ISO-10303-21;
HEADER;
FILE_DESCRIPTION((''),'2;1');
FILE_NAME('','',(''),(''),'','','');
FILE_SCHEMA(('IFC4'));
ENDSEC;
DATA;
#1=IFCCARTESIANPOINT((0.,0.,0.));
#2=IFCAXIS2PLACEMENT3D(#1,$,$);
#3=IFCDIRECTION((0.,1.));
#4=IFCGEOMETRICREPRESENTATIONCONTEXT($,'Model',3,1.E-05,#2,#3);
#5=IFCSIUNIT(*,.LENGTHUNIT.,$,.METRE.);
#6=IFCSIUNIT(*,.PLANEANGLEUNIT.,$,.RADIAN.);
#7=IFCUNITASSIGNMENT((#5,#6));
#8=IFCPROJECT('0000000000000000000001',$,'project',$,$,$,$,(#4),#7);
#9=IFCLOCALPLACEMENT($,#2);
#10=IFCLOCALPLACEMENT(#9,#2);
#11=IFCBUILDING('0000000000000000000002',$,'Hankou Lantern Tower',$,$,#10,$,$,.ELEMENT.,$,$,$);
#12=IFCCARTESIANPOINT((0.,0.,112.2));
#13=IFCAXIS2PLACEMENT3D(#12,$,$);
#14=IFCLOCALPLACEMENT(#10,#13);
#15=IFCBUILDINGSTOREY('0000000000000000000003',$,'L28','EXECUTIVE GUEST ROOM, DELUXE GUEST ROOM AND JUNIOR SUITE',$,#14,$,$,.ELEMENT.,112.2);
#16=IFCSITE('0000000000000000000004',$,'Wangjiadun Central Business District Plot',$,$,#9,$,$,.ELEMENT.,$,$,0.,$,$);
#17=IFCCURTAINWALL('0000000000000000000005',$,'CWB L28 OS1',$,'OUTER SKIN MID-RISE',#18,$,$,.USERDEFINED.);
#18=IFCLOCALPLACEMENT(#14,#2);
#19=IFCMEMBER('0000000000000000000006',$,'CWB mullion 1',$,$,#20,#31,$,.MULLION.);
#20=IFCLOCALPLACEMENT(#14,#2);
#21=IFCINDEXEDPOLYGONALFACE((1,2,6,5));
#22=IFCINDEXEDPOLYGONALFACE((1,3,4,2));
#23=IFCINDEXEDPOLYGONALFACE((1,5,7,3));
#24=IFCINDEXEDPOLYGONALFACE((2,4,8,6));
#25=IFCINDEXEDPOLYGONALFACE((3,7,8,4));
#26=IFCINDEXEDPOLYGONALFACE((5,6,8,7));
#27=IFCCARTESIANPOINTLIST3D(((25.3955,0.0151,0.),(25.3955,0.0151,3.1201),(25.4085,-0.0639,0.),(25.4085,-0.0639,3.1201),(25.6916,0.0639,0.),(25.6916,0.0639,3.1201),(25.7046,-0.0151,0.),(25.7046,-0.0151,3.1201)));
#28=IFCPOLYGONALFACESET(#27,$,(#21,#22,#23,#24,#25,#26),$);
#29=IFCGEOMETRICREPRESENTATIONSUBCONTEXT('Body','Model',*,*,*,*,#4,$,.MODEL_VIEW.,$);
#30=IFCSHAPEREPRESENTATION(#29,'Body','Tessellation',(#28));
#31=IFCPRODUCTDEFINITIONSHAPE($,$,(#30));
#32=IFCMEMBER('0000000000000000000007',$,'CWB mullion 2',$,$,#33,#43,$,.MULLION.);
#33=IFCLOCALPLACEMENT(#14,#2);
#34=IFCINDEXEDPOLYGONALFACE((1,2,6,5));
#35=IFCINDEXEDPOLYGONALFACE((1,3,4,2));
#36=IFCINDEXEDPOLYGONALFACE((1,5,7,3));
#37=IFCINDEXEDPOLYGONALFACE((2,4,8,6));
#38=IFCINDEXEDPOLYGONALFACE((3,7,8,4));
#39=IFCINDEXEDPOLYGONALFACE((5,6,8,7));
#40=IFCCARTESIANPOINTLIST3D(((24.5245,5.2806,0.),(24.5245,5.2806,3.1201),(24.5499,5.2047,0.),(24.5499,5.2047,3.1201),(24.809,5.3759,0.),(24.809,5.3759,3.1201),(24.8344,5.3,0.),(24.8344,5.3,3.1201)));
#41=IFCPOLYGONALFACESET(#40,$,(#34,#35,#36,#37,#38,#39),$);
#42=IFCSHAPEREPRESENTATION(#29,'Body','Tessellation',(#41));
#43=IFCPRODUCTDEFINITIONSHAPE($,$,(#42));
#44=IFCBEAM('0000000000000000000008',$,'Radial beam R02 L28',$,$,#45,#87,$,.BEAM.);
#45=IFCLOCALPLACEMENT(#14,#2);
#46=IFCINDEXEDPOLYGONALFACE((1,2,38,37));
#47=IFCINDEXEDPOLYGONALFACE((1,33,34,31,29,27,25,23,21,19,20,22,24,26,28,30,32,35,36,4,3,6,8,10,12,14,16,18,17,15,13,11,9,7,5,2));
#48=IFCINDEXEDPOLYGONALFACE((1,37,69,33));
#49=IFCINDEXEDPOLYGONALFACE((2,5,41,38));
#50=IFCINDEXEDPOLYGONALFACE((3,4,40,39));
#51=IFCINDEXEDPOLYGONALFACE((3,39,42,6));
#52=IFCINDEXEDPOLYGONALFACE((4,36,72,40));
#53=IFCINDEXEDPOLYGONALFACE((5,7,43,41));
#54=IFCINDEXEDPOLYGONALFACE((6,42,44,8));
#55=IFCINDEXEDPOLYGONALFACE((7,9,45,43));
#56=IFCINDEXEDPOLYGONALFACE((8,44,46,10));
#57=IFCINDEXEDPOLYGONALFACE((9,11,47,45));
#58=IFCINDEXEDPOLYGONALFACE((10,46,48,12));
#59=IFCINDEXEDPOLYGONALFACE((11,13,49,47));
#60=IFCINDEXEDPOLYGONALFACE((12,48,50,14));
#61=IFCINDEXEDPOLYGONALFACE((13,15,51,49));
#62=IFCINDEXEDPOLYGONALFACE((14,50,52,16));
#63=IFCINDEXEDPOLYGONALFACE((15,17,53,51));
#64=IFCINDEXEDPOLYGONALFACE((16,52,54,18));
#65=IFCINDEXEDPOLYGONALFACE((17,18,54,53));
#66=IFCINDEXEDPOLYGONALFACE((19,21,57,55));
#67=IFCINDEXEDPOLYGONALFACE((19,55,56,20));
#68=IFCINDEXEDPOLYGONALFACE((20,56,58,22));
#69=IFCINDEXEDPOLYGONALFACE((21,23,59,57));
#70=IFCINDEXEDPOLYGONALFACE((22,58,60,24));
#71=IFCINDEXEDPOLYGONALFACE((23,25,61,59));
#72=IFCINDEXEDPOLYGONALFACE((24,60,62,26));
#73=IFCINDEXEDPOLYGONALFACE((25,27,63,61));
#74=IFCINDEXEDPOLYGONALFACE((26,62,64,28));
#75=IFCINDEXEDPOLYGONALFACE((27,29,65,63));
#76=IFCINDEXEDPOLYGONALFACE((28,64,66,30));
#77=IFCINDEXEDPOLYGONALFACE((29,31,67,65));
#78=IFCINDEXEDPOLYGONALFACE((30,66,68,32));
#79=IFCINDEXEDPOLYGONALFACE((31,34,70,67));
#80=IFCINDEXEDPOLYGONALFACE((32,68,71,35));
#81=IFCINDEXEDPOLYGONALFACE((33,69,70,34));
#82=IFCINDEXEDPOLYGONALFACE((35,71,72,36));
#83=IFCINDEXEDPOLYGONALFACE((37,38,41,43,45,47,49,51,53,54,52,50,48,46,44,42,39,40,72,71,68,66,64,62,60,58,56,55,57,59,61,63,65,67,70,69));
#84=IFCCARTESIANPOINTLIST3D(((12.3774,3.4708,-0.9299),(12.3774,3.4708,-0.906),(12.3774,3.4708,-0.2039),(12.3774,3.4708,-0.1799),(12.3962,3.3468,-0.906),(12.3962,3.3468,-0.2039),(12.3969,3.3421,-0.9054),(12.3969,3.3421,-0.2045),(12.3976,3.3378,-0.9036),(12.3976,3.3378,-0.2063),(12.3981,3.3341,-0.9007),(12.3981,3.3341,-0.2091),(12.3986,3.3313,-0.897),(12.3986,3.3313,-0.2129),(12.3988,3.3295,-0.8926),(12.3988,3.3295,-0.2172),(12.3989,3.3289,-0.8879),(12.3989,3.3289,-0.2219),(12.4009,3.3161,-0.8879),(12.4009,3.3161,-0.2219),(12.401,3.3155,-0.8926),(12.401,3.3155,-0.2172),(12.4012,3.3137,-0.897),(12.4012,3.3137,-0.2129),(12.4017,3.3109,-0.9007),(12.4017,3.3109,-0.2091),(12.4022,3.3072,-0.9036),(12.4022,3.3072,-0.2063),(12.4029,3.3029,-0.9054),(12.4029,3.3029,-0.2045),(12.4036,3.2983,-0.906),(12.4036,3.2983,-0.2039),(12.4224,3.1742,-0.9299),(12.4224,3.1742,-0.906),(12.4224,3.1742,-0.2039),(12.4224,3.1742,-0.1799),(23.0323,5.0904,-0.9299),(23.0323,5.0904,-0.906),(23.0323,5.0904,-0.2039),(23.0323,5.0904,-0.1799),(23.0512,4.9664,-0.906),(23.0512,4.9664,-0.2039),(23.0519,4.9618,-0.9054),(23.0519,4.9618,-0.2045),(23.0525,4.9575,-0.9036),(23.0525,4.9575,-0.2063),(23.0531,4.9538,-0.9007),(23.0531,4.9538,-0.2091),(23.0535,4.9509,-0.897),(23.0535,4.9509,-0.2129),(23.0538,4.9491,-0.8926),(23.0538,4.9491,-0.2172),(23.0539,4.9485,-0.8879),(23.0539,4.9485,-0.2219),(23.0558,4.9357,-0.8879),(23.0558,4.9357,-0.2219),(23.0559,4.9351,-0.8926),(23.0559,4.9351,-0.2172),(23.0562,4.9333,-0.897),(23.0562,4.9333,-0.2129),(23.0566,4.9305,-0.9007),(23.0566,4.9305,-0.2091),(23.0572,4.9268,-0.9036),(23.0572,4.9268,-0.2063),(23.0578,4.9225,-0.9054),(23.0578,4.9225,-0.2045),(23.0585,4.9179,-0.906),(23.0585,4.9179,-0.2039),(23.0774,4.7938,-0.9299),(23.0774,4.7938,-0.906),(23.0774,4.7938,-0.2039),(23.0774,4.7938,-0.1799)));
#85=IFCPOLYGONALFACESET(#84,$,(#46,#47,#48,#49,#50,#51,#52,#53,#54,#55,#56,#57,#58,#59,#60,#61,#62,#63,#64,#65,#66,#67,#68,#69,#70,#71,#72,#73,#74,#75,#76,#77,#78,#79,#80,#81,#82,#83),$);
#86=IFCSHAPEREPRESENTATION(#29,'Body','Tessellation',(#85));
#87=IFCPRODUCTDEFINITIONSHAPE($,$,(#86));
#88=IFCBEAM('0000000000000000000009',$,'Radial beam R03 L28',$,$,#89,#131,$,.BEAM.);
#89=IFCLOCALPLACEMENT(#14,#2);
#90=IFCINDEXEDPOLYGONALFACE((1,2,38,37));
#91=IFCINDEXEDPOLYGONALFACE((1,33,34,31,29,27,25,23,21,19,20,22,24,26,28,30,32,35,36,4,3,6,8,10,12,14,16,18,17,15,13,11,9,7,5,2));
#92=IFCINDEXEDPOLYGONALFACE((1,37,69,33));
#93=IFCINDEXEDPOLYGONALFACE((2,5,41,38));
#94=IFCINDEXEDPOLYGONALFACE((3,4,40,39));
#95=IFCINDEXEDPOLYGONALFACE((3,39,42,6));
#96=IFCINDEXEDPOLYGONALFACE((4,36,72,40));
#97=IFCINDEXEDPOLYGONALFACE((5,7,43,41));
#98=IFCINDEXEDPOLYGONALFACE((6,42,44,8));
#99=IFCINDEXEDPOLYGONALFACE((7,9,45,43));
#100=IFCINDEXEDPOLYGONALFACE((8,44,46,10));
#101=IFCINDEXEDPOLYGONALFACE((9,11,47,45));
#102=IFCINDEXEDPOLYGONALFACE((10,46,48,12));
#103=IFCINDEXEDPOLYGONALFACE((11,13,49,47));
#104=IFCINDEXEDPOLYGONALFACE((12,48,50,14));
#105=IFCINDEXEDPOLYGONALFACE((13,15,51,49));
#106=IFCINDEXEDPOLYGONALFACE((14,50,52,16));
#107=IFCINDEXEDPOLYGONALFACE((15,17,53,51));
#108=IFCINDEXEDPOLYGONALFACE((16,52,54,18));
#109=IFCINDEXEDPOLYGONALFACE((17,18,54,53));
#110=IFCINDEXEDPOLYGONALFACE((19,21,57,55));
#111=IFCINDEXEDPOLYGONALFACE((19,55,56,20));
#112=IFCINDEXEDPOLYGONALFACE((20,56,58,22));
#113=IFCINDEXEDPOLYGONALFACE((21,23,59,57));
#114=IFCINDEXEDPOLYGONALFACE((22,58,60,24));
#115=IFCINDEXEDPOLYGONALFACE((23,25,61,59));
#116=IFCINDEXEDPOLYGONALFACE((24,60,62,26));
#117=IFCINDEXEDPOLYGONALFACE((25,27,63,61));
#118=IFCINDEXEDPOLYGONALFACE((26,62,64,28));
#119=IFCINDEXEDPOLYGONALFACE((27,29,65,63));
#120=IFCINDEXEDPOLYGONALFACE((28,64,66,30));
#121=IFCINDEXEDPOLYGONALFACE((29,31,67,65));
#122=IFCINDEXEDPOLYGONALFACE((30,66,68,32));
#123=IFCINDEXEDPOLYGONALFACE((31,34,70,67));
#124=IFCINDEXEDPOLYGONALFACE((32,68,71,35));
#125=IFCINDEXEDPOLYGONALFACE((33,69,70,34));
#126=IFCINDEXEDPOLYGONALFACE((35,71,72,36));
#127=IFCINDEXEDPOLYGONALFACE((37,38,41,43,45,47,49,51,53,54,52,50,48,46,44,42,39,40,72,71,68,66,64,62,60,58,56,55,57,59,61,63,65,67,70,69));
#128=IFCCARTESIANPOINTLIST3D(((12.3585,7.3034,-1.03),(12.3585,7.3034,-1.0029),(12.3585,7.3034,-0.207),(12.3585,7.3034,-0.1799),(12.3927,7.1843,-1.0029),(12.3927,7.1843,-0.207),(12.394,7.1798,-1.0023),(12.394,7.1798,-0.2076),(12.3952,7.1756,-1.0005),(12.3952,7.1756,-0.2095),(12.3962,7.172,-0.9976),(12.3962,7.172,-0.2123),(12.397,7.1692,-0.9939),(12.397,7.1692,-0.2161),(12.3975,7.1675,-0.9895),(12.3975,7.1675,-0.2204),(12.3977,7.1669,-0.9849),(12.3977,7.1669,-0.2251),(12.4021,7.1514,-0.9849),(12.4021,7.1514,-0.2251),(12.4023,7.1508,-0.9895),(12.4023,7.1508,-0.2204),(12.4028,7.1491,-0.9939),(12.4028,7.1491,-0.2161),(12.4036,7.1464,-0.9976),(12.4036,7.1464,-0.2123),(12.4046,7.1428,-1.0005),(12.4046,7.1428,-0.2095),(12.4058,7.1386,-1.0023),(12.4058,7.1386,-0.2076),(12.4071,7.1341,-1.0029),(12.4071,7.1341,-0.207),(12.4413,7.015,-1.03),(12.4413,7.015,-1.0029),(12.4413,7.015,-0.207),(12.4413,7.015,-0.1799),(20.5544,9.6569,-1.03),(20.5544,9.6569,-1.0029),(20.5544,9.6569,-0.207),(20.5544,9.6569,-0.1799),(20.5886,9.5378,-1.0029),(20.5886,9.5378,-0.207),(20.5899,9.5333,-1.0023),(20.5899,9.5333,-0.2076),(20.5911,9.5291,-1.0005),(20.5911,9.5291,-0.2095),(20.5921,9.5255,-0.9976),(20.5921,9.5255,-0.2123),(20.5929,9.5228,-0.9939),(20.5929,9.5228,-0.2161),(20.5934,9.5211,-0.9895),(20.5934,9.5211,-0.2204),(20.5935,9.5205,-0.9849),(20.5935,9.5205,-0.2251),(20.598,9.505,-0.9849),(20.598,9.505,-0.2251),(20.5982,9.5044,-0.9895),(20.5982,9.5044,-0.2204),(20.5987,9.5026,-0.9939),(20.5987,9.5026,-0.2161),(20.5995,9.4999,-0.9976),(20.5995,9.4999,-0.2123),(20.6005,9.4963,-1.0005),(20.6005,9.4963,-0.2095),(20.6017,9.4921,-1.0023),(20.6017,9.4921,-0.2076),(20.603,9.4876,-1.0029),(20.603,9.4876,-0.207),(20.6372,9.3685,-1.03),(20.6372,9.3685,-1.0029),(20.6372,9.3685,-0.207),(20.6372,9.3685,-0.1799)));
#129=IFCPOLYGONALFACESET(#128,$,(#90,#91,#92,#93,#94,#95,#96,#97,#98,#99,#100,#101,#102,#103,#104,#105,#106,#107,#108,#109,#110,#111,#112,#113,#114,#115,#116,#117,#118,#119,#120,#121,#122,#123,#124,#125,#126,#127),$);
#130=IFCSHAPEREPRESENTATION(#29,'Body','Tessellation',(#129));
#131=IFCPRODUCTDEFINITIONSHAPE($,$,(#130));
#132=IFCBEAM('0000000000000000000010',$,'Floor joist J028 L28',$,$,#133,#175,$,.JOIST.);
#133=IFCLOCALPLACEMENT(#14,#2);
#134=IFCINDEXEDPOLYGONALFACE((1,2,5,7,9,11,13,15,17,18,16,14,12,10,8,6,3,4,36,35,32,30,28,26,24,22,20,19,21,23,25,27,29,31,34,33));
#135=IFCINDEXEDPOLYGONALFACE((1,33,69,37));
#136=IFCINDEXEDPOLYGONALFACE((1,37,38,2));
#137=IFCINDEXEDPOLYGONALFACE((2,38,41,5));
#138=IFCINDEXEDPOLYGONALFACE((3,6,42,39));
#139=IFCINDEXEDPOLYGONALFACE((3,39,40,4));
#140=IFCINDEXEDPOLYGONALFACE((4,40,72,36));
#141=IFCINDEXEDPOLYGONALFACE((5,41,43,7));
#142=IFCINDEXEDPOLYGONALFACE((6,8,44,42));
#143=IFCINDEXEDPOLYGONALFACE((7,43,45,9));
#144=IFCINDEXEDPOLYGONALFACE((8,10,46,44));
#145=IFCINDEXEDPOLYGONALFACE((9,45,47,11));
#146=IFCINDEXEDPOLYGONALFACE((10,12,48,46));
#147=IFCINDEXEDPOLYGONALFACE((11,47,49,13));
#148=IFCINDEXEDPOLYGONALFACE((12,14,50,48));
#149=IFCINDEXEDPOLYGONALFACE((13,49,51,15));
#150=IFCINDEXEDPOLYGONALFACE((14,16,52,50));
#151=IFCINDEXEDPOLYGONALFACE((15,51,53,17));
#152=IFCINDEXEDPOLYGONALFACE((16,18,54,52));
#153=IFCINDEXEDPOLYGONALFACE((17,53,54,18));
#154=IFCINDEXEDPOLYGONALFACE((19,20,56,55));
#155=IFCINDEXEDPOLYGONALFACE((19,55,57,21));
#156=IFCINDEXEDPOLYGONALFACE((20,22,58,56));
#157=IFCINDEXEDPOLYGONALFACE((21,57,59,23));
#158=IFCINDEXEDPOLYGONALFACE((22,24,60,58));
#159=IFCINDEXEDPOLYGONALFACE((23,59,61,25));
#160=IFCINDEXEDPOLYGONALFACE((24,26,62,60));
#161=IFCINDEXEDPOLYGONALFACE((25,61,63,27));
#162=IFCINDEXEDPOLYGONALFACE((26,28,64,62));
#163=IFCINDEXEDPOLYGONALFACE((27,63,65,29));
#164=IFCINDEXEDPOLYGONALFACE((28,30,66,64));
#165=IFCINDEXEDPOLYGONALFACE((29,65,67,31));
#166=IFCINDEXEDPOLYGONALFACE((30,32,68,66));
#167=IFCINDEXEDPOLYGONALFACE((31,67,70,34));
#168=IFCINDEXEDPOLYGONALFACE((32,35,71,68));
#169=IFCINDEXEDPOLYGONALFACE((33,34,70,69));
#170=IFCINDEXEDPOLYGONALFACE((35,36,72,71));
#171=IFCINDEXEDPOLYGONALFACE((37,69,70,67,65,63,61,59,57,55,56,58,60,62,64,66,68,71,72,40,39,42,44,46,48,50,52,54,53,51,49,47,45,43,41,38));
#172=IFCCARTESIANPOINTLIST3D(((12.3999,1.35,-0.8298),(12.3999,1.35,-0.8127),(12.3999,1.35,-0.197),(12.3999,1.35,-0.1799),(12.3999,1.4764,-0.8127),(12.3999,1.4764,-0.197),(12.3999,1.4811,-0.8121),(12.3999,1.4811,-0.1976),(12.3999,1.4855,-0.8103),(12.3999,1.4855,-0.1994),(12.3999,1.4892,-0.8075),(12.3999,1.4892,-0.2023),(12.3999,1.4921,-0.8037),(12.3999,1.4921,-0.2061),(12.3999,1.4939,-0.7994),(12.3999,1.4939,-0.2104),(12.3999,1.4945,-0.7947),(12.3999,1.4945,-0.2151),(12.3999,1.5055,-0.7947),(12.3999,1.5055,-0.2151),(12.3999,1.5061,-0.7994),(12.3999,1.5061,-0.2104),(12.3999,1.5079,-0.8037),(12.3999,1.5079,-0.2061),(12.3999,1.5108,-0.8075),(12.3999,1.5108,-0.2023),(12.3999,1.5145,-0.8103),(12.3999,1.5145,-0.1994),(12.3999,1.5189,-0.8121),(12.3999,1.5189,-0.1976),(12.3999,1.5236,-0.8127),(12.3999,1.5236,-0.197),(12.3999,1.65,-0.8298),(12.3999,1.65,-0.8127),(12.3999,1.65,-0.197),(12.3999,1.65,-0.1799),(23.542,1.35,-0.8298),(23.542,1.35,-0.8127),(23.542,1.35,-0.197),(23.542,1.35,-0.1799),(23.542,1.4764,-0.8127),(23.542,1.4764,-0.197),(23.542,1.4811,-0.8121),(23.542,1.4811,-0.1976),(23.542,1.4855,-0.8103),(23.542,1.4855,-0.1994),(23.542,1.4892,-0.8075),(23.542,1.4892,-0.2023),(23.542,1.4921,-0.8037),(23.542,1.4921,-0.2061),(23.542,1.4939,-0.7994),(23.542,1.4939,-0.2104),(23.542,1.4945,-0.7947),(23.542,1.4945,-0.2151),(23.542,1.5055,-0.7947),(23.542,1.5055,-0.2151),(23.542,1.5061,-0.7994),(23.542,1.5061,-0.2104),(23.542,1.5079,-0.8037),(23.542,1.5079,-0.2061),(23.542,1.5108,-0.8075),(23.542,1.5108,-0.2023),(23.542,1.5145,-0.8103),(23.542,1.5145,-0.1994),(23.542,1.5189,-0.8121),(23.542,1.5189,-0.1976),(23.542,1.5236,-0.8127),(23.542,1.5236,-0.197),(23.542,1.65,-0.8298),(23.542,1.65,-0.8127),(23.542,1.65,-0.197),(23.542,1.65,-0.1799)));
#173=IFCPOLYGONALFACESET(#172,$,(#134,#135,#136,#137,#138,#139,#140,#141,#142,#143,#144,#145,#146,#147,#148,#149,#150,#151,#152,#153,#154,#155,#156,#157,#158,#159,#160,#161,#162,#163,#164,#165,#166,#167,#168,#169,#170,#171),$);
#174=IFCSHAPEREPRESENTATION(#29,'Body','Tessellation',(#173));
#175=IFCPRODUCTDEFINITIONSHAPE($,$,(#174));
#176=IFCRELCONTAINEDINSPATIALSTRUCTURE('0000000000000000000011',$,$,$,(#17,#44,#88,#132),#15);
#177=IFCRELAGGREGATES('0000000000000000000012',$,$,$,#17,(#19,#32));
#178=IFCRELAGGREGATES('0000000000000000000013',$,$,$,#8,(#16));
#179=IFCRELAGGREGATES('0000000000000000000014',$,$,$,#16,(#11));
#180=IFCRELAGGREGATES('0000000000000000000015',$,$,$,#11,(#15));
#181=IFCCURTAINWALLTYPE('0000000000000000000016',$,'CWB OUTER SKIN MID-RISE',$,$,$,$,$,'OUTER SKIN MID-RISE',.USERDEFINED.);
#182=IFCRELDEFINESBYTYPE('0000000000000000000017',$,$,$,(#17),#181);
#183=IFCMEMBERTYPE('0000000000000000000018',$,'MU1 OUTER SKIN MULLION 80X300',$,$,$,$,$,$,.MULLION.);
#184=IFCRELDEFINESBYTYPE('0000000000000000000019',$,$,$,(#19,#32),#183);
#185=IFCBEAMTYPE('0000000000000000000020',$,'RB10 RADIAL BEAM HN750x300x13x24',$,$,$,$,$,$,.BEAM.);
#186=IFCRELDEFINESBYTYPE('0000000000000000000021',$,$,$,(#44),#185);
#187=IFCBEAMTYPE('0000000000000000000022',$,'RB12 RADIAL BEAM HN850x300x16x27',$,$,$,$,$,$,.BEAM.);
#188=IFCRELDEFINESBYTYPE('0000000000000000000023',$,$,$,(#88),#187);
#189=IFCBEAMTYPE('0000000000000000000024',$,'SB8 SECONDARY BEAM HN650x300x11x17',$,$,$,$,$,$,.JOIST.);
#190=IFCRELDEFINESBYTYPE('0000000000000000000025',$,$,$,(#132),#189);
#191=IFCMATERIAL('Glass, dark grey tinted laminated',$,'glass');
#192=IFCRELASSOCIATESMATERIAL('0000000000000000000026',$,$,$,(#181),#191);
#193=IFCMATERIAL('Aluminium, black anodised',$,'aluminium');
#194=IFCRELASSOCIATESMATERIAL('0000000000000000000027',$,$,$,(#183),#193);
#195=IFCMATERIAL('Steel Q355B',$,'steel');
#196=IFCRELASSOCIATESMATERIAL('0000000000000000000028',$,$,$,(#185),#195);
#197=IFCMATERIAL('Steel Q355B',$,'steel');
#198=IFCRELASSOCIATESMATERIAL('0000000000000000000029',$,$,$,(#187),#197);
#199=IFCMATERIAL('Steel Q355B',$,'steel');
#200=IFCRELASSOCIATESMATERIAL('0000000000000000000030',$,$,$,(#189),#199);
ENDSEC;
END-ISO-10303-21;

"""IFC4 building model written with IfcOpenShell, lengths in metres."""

from ifc_helpers import new_model, si_unit, direction, frame, origin, origin_2d, place, context, subcontext, project, spatial, rectangle, i_section, extrude, material, material_profile, profile_set, type_object, element, aggregate, save


model = new_model("IFC4")

# Units and contexts
model_context = context("Model", 3, precision=1e-05, world=origin(), true_north=direction((0.0, 1.0)))
body_context = subcontext(model_context, "Body", "Model", "MODEL_VIEW")
ifc_project = project(units=[si_unit("LENGTHUNIT", "METRE"), si_unit("PLANEANGLEUNIT", "RADIAN")], contexts=[model_context])

# Site, building, storey
site_placement = place(None, origin())
site = spatial("IfcSite", under=ifc_project, at=site_placement, Name="Wangjiadun Central Business District Plot", CompositionType="ELEMENT", RefElevation=0.0)
building_placement = place(site_placement, origin())
building = spatial("IfcBuilding", under=site, at=building_placement, Name="Hankou Lantern Tower", CompositionType="ELEMENT")
storey_placement = place(building_placement, frame((0.0, 0.0, 112.2)))
storey = spatial("IfcBuildingStorey", under=building, at=storey_placement, Name="L28", Description="EXECUTIVE GUEST ROOM, DELUXE GUEST ROOM AND JUNIOR SUITE", CompositionType="ELEMENT", Elevation=112.2)

# Curtain wall, members
ifc_material_1 = material(Name="Glass, dark grey tinted laminated", Category="glass")
curtain_wall_type = type_object("IfcCurtainWallType", Name="CWB OUTER SKIN MID-RISE", ElementType="OUTER SKIN MID-RISE", PredefinedType="USERDEFINED", material=ifc_material_1)
curtain_wall_placement = place(storey_placement, origin())
curtain_wall = element("IfcCurtainWall", 1, at=curtain_wall_placement, inside=storey, type_object=curtain_wall_type, Name="CWB L28 OS1", ObjectType="OUTER SKIN MID-RISE", PredefinedType="USERDEFINED")
ifc_material_2 = material(Name="Aluminium, black anodised", Category="aluminium")
ifc_material_profile_1 = material_profile(ifc_material_2, rectangle(XDim=0.0801, YDim=0.3, at=origin_2d()), Name="MU1 80X300")
ifc_profile_set_1 = profile_set([ifc_material_profile_1], Name="Aluminium, black anodised")
member_type_1 = type_object("IfcMemberType", Name="MU1 OUTER SKIN MULLION 80X300", PredefinedType="MULLION", material=ifc_profile_set_1)
member_1_placement = place(storey_placement, frame((25.55, 0.0, 0.0), z_axis=(0.0, 0.0, 1.0), x_axis=(-0.162382, 0.986728, 0.0)))
member_1 = element("IfcMember", 2, at=member_1_placement, type_object=member_type_1, Name="CWB mullion 1", PredefinedType="MULLION", context=body_context, shape_type="SweptSolid", body=[
    extrude(rectangle(XDim=0.0801, YDim=0.3, at=origin_2d()), origin(), (0.0, 0.0, 1.0), 3.1201),
])
member_2_placement = place(storey_placement, frame((24.6794, 5.2903, 0.0), z_axis=(0.0, 0.0, 1.0), x_axis=(-0.317596, 0.948226, 0.0)))
member_2 = element("IfcMember", 3, at=member_2_placement, type_object=member_type_1, Name="CWB mullion 2", PredefinedType="MULLION", context=body_context, shape_type="SweptSolid", body=[
    extrude(rectangle(XDim=0.0801, YDim=0.3, at=origin_2d()), origin(), (0.0, 0.0, 1.0), 3.1201),
])

# Beams
ifc_material_3 = material(Name="Steel Q355B", Category="steel")
ifc_material_profile_2 = material_profile(ifc_material_3, i_section(OverallWidth=0.3, OverallDepth=0.75, WebThickness=0.0129, FlangeThickness=0.0239, FilletRadius=0.0181, at=origin_2d()), Name="HN750x300x13x24")
ifc_profile_set_2 = profile_set([ifc_material_profile_2], Name="Steel Q355B")
beam_type_1 = type_object("IfcBeamType", Name="RB10 RADIAL BEAM HN750x300x13x24", PredefinedType="BEAM", material=ifc_profile_set_2)
beam_1_placement = place(storey_placement, frame((12.3999, 3.3225, -0.5549), z_axis=(0.988644, 0.15028, 0.0), x_axis=(-0.15028, 0.988644, 0.0)))
element("IfcBeam", 4, at=beam_1_placement, inside=storey, type_object=beam_type_1, Name="Radial beam R02 L28", PredefinedType="BEAM", context=body_context, shape_type="SweptSolid", body=[
    extrude(i_section(OverallWidth=0.3, OverallDepth=0.75, WebThickness=0.0129, FlangeThickness=0.0239, FilletRadius=0.0181, at=origin_2d()), origin(), (0.0, 0.0, 1.0), 10.7773),
])
ifc_material_4 = material(Name="Steel Q355B", Category="steel")
ifc_material_profile_3 = material_profile(ifc_material_4, i_section(OverallWidth=0.3, OverallDepth=0.8501, WebThickness=0.0161, FlangeThickness=0.0271, FilletRadius=0.0181, at=origin_2d()), Name="HN850x300x16x27")
ifc_profile_set_3 = profile_set([ifc_material_profile_3], Name="Steel Q355B")
beam_type_2 = type_object("IfcBeamType", Name="RB12 RADIAL BEAM HN850x300x16x27", PredefinedType="BEAM", material=ifc_profile_set_3)
beam_2_placement = place(storey_placement, frame((12.3999, 7.1592, -0.605), z_axis=(0.961156, 0.276007, 0.0), x_axis=(-0.276007, 0.961156, 0.0)))
element("IfcBeam", 5, at=beam_2_placement, inside=storey, type_object=beam_type_2, Name="Radial beam R03 L28", PredefinedType="BEAM", context=body_context, shape_type="SweptSolid", body=[
    extrude(i_section(OverallWidth=0.3, OverallDepth=0.8501, WebThickness=0.0161, FlangeThickness=0.0271, FilletRadius=0.0181, at=origin_2d()), origin(), (0.0, 0.0, 1.0), 8.5271),
])
ifc_material_5 = material(Name="Steel Q355B", Category="steel")
ifc_material_profile_4 = material_profile(ifc_material_5, i_section(OverallWidth=0.3, OverallDepth=0.6499, WebThickness=0.011, FlangeThickness=0.0171, FilletRadius=0.0181, at=origin_2d()), Name="HN650x300x11x17")
ifc_profile_set_4 = profile_set([ifc_material_profile_4], Name="Steel Q355B")
beam_type_3 = type_object("IfcBeamType", Name="SB8 SECONDARY BEAM HN650x300x11x17", PredefinedType="JOIST", material=ifc_profile_set_4)
beam_3_placement = place(storey_placement, frame((12.3999, 1.5, -0.5049), z_axis=(1.0, 0.0, 0.0), x_axis=(0.0, 1.0, 0.0)))
element("IfcBeam", 6, at=beam_3_placement, inside=storey, type_object=beam_type_3, Name="Floor joist J028 L28", PredefinedType="JOIST", context=body_context, shape_type="SweptSolid", body=[
    extrude(i_section(OverallWidth=0.3, OverallDepth=0.6499, WebThickness=0.011, FlangeThickness=0.0171, FilletRadius=0.0181, at=origin_2d()), origin(), (0.0, 0.0, 1.0), 11.1421),
])

aggregate(curtain_wall, [member_1, member_2])

save(model, "model.ifc")
